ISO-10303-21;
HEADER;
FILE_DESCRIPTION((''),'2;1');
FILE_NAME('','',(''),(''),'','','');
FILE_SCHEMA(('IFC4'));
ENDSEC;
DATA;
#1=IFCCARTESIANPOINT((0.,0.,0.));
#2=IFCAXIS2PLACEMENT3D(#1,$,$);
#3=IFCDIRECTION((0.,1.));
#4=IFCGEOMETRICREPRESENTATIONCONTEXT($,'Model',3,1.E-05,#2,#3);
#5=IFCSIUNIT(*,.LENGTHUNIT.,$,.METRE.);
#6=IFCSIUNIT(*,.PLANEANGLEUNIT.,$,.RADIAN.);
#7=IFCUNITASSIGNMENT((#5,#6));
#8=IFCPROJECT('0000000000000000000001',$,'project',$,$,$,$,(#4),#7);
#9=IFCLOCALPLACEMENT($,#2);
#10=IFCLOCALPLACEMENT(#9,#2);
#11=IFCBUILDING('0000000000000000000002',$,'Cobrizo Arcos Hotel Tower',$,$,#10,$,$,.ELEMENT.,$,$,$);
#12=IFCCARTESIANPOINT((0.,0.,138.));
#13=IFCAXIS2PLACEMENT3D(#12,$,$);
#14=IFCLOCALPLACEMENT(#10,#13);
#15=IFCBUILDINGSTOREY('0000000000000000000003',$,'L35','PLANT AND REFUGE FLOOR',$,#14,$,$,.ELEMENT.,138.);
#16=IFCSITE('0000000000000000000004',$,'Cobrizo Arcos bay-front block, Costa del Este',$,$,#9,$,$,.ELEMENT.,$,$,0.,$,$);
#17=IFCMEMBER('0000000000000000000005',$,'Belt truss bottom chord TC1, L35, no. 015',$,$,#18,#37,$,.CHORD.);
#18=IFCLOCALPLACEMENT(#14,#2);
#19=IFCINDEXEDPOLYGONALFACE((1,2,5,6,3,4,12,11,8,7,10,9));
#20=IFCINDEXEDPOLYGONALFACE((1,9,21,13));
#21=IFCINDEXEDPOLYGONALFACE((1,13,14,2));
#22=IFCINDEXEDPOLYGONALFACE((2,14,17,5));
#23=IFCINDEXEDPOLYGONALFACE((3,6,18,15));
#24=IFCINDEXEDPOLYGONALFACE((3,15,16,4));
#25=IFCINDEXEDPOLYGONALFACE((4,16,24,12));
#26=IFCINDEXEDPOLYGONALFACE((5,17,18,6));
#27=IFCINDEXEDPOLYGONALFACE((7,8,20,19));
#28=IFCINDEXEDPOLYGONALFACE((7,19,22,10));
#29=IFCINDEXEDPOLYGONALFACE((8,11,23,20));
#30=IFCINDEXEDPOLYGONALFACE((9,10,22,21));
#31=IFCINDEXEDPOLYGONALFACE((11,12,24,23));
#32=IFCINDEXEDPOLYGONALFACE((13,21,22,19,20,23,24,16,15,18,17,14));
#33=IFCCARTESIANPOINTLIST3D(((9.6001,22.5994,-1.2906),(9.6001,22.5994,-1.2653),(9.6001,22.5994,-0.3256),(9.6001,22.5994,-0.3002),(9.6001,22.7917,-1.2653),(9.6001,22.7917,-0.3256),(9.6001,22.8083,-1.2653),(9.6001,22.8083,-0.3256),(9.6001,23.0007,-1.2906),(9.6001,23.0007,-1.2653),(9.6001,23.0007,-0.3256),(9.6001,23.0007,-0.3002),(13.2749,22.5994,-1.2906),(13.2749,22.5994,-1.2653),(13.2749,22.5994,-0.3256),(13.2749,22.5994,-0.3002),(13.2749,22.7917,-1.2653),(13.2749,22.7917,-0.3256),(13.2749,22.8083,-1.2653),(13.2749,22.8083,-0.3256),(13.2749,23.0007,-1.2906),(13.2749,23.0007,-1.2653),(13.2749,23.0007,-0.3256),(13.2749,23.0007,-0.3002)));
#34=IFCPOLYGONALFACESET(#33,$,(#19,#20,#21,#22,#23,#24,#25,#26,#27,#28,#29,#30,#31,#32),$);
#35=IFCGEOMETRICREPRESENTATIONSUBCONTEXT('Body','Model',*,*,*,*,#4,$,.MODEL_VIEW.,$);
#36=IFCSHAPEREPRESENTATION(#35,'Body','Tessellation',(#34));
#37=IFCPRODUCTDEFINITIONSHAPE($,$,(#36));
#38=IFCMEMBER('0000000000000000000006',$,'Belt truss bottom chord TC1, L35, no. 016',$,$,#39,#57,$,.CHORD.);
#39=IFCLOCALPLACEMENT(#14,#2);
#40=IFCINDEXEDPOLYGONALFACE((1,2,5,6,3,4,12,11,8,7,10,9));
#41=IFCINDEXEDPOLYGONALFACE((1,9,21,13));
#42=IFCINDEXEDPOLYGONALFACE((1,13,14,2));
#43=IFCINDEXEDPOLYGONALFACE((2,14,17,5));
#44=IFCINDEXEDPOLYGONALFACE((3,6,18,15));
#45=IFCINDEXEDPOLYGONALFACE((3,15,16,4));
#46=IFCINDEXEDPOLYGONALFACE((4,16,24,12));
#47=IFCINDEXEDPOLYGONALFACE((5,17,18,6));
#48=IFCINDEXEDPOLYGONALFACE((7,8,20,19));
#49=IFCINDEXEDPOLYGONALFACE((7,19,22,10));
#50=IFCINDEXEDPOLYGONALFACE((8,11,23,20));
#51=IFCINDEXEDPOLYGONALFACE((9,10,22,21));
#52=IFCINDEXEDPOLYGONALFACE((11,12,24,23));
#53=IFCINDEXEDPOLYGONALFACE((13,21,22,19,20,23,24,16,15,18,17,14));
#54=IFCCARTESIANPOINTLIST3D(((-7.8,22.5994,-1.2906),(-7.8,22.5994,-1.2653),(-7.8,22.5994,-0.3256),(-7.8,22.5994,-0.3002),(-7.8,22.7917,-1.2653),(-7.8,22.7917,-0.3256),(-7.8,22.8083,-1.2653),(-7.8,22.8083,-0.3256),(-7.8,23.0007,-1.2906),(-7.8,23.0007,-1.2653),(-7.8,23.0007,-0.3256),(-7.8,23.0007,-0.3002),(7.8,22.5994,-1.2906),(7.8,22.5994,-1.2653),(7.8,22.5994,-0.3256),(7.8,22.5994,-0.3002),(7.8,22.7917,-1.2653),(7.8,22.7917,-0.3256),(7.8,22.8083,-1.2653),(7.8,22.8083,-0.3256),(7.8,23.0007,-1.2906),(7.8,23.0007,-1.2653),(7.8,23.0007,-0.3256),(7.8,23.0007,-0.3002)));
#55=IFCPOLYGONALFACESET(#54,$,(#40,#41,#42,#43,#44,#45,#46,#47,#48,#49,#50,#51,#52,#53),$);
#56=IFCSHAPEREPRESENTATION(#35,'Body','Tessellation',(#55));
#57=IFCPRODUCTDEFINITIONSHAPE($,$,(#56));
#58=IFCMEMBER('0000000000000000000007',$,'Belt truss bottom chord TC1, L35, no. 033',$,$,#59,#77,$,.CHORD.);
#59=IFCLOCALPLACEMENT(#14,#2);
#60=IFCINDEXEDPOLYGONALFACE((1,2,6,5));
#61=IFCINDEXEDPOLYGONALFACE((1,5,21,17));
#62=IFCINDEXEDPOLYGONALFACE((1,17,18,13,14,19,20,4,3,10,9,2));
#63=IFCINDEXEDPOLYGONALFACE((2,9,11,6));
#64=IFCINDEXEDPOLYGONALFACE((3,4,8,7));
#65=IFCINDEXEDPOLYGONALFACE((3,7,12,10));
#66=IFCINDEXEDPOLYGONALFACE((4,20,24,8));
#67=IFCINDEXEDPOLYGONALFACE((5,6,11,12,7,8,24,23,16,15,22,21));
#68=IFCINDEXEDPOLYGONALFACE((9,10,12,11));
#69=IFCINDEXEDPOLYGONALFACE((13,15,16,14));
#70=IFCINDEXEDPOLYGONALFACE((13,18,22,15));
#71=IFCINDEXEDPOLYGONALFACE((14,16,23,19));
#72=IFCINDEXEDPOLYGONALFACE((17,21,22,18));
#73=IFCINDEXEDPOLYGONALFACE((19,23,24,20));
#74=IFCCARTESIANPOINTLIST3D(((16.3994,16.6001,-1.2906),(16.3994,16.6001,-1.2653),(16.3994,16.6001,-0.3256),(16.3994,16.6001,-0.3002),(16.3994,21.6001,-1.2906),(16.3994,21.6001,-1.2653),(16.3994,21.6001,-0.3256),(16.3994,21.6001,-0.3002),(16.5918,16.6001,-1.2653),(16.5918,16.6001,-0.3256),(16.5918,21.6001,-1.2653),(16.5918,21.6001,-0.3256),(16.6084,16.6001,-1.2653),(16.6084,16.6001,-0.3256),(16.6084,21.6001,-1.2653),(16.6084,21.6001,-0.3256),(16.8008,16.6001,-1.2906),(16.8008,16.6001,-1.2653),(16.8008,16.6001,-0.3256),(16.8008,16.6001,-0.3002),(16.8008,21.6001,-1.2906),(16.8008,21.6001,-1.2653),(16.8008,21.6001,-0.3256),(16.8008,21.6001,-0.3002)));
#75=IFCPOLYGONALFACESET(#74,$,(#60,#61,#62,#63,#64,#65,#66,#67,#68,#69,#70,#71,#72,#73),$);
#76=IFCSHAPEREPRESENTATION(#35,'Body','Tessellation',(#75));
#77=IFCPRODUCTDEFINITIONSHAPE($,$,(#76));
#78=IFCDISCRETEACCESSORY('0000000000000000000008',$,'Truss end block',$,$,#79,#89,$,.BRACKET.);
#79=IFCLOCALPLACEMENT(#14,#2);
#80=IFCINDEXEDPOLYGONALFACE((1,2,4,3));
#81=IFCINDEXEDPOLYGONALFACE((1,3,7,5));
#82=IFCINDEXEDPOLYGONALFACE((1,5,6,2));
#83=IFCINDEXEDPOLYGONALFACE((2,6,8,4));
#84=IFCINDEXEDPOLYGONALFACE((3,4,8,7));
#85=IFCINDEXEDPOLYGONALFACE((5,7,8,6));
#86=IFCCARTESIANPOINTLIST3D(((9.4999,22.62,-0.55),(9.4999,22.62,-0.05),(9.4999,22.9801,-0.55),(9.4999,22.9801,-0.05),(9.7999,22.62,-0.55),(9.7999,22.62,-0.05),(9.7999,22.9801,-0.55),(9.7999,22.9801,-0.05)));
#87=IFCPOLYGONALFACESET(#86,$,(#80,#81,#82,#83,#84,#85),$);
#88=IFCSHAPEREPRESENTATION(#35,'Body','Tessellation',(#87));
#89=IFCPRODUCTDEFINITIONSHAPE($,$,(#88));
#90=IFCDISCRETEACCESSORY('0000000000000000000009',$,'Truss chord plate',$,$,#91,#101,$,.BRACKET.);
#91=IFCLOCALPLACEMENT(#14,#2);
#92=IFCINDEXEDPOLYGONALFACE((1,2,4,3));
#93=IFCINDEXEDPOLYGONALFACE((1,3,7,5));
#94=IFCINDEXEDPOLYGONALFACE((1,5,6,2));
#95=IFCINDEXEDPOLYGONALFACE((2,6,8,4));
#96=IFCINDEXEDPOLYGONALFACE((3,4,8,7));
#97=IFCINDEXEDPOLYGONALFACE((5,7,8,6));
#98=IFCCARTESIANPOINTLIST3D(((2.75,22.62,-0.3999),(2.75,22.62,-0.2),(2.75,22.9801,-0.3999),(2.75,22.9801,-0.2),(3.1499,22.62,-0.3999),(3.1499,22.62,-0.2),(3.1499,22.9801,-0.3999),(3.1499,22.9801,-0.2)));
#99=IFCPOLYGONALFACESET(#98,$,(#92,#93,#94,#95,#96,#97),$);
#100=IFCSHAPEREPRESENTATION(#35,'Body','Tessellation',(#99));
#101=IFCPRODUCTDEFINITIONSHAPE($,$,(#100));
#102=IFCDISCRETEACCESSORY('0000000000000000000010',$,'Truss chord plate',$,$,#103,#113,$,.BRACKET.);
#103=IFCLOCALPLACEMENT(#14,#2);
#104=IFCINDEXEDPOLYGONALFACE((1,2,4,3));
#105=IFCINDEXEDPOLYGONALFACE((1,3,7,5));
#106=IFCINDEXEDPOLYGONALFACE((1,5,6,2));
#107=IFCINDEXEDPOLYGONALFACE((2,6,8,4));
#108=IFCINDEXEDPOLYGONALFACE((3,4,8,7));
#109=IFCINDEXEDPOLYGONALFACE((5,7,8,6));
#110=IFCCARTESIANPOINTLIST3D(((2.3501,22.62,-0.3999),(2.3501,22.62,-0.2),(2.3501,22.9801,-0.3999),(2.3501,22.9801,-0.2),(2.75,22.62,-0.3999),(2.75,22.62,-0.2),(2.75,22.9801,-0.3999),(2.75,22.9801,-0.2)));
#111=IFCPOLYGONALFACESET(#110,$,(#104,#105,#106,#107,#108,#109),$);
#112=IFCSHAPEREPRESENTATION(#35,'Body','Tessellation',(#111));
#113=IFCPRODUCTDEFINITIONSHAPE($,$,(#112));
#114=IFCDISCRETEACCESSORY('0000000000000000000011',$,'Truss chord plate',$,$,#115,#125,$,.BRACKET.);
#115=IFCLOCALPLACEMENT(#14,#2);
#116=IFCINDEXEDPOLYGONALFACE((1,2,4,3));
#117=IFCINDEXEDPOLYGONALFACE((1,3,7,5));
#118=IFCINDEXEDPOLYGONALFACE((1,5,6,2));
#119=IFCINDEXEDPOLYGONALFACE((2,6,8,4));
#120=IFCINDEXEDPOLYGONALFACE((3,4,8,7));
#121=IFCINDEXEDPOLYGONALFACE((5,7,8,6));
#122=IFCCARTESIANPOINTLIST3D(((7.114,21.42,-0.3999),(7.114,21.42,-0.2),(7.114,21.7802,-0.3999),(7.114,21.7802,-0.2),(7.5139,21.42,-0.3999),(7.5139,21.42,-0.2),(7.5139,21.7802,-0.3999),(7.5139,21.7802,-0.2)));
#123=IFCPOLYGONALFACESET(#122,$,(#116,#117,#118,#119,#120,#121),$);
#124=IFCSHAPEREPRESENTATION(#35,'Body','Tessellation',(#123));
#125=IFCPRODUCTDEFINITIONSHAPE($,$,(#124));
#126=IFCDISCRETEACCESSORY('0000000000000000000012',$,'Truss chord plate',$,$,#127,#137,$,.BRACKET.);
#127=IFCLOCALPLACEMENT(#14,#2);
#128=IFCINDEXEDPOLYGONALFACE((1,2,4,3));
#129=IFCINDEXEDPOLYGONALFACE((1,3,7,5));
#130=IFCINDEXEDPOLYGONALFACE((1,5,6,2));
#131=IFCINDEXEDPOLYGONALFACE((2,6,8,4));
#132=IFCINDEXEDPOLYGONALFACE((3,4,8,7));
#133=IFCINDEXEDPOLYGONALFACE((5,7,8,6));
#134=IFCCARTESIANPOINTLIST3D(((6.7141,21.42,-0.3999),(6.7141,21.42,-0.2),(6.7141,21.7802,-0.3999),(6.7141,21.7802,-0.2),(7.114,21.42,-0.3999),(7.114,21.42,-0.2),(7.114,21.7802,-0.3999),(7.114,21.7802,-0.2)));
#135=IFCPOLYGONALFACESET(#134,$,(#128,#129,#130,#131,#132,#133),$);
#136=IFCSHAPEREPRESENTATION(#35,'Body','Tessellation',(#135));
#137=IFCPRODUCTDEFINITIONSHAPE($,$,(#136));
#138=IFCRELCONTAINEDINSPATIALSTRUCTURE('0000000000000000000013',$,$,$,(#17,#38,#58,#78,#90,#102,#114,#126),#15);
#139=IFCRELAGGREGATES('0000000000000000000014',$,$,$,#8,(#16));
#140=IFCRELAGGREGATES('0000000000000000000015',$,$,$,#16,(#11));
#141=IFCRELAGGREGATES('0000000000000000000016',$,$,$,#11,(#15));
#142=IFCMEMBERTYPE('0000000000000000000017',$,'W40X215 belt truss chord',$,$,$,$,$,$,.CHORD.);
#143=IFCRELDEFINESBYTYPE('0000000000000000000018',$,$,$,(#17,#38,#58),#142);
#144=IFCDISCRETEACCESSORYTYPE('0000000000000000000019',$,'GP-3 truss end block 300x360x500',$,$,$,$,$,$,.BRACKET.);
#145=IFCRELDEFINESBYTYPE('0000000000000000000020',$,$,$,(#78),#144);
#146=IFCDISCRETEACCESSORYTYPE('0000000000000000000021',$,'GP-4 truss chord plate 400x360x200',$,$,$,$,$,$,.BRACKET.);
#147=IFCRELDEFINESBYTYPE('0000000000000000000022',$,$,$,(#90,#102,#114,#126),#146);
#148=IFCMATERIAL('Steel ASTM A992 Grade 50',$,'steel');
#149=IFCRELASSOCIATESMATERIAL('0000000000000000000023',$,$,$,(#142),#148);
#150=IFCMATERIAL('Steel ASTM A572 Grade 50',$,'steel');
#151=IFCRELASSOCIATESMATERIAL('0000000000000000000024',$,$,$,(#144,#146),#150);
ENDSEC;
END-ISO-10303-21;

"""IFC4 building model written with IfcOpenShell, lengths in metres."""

from ifc_helpers import new_model, si_unit, direction, frame, origin, origin_2d, place, context, subcontext, project, spatial, rectangle, i_section, extrude, material, material_profile, profile_set, type_object, element, save


model = new_model("IFC4")

# Units and contexts
model_context = context("Model", 3, precision=1e-05, world=origin(), true_north=direction((0.0, 1.0)))
body_context = subcontext(model_context, "Body", "Model", "MODEL_VIEW")
ifc_project = project(units=[si_unit("LENGTHUNIT", "METRE"), si_unit("PLANEANGLEUNIT", "RADIAN")], contexts=[model_context])

# Site, building, storey
site_placement = place(None, origin())
site = spatial("IfcSite", under=ifc_project, at=site_placement, Name="Cobrizo Arcos bay-front block, Costa del Este", CompositionType="ELEMENT", RefElevation=0.0)
building_placement = place(site_placement, origin())
building = spatial("IfcBuilding", under=site, at=building_placement, Name="Cobrizo Arcos Hotel Tower", CompositionType="ELEMENT")
storey_placement = place(building_placement, frame((0.0, 0.0, 138.0)))
storey = spatial("IfcBuildingStorey", under=building, at=storey_placement, Name="L35", Description="PLANT AND REFUGE FLOOR", CompositionType="ELEMENT", Elevation=138.0)

# Shared definitions
ifc_material_1 = material(Name="Steel ASTM A572 Grade 50", Category="steel")

# Members
ifc_material_2 = material(Name="Steel ASTM A992 Grade 50", Category="steel")
ifc_material_profile_1 = material_profile(ifc_material_2, i_section(OverallWidth=0.4014, OverallDepth=0.9905, WebThickness=0.0166, FlangeThickness=0.0254, at=origin_2d()), Name="W40X215")
ifc_profile_set_1 = profile_set([ifc_material_profile_1], Name="Steel ASTM A992 Grade 50")
member_type_1 = type_object("IfcMemberType", Name="W40X215 belt truss chord", PredefinedType="CHORD", material=ifc_profile_set_1)
member_1_placement = place(storey_placement, frame((13.2749, 22.8, -0.7954), z_axis=(-1.0, 0.0, 0.0), x_axis=(0.0, -1.0, 0.0)))
element("IfcMember", 1, at=member_1_placement, inside=storey, type_object=member_type_1, Name="Belt truss bottom chord TC1, L35, no. 015", PredefinedType="CHORD", context=body_context, shape_type="SweptSolid", body=[
    extrude(i_section(OverallWidth=0.4014, OverallDepth=0.9905, WebThickness=0.0166, FlangeThickness=0.0254, at=origin_2d()), origin(), (0.0, 0.0, 1.0), 3.6748),
])
member_2_placement = place(storey_placement, frame((7.8, 22.8, -0.7954), z_axis=(-1.0, 0.0, 0.0), x_axis=(0.0, -1.0, 0.0)))
element("IfcMember", 2, at=member_2_placement, inside=storey, type_object=member_type_1, Name="Belt truss bottom chord TC1, L35, no. 016", PredefinedType="CHORD", context=body_context, shape_type="SweptSolid", body=[
    extrude(i_section(OverallWidth=0.4014, OverallDepth=0.9905, WebThickness=0.0166, FlangeThickness=0.0254, at=origin_2d()), origin(), (0.0, 0.0, 1.0), 15.6001),
])
member_3_placement = place(storey_placement, frame((16.6001, 16.6001, -0.7954), z_axis=(0.0, 1.0, 0.0), x_axis=(-1.0, 0.0, 0.0)))
element("IfcMember", 3, at=member_3_placement, inside=storey, type_object=member_type_1, Name="Belt truss bottom chord TC1, L35, no. 033", PredefinedType="CHORD", context=body_context, shape_type="SweptSolid", body=[
    extrude(i_section(OverallWidth=0.4014, OverallDepth=0.9905, WebThickness=0.0166, FlangeThickness=0.0254, at=origin_2d()), origin(), (0.0, 0.0, 1.0), 5.0),
])

# Discrete accessories
discrete_accessory_type_1 = type_object("IfcDiscreteAccessoryType", Name="GP-3 truss end block 300x360x500", PredefinedType="BRACKET", material=ifc_material_1)
discrete_accessory_placement = place(storey_placement, frame((9.6499, 22.8, -0.55), z_axis=(0.0, 0.0, 1.0), x_axis=(1.0, 0.0, 0.0)))
element("IfcDiscreteAccessory", 4, at=discrete_accessory_placement, inside=storey, type_object=discrete_accessory_type_1, Name="Truss end block", PredefinedType="BRACKET", context=body_context, shape_type="SweptSolid", body=[
    extrude(rectangle(XDim=0.3, YDim=0.3601, at=origin_2d()), origin(), (0.0, 0.0, 1.0), 0.5),
])
discrete_accessory_type_2 = type_object("IfcDiscreteAccessoryType", Name="GP-4 truss chord plate 400x360x200", PredefinedType="BRACKET", material=ifc_material_1)
for number, where, z_axis, x_axis, name in (
    (5, (2.95, 22.8, -0.3999), (0.0, 0.0, 1.0), (-1.0, 0.0, 0.0), "Truss chord plate"),
    (6, (2.55, 22.8, -0.3999), (0.0, 0.0, 1.0), (-1.0, 0.0, 0.0), "Truss chord plate"),
    (7, (7.314, 21.6001, -0.3999), (0.0, 0.0, 1.0), (-1.0, 0.0, 0.0), "Truss chord plate"),
    (8, (6.9141, 21.6001, -0.3999), (0.0, 0.0, 1.0), (-1.0, 0.0, 0.0), "Truss chord plate"),
):
    element("IfcDiscreteAccessory", number, at=place(storey_placement, frame(where, z_axis=z_axis, x_axis=x_axis)), inside=storey, type_object=discrete_accessory_type_2, Name=name, PredefinedType="BRACKET", context=body_context, shape_type="SweptSolid", body=[
        extrude(rectangle(XDim=0.3999, YDim=0.3601, at=origin_2d()), origin(), (0.0, 0.0, 1.0), 0.2),
    ])

save(model, "model.ifc")
